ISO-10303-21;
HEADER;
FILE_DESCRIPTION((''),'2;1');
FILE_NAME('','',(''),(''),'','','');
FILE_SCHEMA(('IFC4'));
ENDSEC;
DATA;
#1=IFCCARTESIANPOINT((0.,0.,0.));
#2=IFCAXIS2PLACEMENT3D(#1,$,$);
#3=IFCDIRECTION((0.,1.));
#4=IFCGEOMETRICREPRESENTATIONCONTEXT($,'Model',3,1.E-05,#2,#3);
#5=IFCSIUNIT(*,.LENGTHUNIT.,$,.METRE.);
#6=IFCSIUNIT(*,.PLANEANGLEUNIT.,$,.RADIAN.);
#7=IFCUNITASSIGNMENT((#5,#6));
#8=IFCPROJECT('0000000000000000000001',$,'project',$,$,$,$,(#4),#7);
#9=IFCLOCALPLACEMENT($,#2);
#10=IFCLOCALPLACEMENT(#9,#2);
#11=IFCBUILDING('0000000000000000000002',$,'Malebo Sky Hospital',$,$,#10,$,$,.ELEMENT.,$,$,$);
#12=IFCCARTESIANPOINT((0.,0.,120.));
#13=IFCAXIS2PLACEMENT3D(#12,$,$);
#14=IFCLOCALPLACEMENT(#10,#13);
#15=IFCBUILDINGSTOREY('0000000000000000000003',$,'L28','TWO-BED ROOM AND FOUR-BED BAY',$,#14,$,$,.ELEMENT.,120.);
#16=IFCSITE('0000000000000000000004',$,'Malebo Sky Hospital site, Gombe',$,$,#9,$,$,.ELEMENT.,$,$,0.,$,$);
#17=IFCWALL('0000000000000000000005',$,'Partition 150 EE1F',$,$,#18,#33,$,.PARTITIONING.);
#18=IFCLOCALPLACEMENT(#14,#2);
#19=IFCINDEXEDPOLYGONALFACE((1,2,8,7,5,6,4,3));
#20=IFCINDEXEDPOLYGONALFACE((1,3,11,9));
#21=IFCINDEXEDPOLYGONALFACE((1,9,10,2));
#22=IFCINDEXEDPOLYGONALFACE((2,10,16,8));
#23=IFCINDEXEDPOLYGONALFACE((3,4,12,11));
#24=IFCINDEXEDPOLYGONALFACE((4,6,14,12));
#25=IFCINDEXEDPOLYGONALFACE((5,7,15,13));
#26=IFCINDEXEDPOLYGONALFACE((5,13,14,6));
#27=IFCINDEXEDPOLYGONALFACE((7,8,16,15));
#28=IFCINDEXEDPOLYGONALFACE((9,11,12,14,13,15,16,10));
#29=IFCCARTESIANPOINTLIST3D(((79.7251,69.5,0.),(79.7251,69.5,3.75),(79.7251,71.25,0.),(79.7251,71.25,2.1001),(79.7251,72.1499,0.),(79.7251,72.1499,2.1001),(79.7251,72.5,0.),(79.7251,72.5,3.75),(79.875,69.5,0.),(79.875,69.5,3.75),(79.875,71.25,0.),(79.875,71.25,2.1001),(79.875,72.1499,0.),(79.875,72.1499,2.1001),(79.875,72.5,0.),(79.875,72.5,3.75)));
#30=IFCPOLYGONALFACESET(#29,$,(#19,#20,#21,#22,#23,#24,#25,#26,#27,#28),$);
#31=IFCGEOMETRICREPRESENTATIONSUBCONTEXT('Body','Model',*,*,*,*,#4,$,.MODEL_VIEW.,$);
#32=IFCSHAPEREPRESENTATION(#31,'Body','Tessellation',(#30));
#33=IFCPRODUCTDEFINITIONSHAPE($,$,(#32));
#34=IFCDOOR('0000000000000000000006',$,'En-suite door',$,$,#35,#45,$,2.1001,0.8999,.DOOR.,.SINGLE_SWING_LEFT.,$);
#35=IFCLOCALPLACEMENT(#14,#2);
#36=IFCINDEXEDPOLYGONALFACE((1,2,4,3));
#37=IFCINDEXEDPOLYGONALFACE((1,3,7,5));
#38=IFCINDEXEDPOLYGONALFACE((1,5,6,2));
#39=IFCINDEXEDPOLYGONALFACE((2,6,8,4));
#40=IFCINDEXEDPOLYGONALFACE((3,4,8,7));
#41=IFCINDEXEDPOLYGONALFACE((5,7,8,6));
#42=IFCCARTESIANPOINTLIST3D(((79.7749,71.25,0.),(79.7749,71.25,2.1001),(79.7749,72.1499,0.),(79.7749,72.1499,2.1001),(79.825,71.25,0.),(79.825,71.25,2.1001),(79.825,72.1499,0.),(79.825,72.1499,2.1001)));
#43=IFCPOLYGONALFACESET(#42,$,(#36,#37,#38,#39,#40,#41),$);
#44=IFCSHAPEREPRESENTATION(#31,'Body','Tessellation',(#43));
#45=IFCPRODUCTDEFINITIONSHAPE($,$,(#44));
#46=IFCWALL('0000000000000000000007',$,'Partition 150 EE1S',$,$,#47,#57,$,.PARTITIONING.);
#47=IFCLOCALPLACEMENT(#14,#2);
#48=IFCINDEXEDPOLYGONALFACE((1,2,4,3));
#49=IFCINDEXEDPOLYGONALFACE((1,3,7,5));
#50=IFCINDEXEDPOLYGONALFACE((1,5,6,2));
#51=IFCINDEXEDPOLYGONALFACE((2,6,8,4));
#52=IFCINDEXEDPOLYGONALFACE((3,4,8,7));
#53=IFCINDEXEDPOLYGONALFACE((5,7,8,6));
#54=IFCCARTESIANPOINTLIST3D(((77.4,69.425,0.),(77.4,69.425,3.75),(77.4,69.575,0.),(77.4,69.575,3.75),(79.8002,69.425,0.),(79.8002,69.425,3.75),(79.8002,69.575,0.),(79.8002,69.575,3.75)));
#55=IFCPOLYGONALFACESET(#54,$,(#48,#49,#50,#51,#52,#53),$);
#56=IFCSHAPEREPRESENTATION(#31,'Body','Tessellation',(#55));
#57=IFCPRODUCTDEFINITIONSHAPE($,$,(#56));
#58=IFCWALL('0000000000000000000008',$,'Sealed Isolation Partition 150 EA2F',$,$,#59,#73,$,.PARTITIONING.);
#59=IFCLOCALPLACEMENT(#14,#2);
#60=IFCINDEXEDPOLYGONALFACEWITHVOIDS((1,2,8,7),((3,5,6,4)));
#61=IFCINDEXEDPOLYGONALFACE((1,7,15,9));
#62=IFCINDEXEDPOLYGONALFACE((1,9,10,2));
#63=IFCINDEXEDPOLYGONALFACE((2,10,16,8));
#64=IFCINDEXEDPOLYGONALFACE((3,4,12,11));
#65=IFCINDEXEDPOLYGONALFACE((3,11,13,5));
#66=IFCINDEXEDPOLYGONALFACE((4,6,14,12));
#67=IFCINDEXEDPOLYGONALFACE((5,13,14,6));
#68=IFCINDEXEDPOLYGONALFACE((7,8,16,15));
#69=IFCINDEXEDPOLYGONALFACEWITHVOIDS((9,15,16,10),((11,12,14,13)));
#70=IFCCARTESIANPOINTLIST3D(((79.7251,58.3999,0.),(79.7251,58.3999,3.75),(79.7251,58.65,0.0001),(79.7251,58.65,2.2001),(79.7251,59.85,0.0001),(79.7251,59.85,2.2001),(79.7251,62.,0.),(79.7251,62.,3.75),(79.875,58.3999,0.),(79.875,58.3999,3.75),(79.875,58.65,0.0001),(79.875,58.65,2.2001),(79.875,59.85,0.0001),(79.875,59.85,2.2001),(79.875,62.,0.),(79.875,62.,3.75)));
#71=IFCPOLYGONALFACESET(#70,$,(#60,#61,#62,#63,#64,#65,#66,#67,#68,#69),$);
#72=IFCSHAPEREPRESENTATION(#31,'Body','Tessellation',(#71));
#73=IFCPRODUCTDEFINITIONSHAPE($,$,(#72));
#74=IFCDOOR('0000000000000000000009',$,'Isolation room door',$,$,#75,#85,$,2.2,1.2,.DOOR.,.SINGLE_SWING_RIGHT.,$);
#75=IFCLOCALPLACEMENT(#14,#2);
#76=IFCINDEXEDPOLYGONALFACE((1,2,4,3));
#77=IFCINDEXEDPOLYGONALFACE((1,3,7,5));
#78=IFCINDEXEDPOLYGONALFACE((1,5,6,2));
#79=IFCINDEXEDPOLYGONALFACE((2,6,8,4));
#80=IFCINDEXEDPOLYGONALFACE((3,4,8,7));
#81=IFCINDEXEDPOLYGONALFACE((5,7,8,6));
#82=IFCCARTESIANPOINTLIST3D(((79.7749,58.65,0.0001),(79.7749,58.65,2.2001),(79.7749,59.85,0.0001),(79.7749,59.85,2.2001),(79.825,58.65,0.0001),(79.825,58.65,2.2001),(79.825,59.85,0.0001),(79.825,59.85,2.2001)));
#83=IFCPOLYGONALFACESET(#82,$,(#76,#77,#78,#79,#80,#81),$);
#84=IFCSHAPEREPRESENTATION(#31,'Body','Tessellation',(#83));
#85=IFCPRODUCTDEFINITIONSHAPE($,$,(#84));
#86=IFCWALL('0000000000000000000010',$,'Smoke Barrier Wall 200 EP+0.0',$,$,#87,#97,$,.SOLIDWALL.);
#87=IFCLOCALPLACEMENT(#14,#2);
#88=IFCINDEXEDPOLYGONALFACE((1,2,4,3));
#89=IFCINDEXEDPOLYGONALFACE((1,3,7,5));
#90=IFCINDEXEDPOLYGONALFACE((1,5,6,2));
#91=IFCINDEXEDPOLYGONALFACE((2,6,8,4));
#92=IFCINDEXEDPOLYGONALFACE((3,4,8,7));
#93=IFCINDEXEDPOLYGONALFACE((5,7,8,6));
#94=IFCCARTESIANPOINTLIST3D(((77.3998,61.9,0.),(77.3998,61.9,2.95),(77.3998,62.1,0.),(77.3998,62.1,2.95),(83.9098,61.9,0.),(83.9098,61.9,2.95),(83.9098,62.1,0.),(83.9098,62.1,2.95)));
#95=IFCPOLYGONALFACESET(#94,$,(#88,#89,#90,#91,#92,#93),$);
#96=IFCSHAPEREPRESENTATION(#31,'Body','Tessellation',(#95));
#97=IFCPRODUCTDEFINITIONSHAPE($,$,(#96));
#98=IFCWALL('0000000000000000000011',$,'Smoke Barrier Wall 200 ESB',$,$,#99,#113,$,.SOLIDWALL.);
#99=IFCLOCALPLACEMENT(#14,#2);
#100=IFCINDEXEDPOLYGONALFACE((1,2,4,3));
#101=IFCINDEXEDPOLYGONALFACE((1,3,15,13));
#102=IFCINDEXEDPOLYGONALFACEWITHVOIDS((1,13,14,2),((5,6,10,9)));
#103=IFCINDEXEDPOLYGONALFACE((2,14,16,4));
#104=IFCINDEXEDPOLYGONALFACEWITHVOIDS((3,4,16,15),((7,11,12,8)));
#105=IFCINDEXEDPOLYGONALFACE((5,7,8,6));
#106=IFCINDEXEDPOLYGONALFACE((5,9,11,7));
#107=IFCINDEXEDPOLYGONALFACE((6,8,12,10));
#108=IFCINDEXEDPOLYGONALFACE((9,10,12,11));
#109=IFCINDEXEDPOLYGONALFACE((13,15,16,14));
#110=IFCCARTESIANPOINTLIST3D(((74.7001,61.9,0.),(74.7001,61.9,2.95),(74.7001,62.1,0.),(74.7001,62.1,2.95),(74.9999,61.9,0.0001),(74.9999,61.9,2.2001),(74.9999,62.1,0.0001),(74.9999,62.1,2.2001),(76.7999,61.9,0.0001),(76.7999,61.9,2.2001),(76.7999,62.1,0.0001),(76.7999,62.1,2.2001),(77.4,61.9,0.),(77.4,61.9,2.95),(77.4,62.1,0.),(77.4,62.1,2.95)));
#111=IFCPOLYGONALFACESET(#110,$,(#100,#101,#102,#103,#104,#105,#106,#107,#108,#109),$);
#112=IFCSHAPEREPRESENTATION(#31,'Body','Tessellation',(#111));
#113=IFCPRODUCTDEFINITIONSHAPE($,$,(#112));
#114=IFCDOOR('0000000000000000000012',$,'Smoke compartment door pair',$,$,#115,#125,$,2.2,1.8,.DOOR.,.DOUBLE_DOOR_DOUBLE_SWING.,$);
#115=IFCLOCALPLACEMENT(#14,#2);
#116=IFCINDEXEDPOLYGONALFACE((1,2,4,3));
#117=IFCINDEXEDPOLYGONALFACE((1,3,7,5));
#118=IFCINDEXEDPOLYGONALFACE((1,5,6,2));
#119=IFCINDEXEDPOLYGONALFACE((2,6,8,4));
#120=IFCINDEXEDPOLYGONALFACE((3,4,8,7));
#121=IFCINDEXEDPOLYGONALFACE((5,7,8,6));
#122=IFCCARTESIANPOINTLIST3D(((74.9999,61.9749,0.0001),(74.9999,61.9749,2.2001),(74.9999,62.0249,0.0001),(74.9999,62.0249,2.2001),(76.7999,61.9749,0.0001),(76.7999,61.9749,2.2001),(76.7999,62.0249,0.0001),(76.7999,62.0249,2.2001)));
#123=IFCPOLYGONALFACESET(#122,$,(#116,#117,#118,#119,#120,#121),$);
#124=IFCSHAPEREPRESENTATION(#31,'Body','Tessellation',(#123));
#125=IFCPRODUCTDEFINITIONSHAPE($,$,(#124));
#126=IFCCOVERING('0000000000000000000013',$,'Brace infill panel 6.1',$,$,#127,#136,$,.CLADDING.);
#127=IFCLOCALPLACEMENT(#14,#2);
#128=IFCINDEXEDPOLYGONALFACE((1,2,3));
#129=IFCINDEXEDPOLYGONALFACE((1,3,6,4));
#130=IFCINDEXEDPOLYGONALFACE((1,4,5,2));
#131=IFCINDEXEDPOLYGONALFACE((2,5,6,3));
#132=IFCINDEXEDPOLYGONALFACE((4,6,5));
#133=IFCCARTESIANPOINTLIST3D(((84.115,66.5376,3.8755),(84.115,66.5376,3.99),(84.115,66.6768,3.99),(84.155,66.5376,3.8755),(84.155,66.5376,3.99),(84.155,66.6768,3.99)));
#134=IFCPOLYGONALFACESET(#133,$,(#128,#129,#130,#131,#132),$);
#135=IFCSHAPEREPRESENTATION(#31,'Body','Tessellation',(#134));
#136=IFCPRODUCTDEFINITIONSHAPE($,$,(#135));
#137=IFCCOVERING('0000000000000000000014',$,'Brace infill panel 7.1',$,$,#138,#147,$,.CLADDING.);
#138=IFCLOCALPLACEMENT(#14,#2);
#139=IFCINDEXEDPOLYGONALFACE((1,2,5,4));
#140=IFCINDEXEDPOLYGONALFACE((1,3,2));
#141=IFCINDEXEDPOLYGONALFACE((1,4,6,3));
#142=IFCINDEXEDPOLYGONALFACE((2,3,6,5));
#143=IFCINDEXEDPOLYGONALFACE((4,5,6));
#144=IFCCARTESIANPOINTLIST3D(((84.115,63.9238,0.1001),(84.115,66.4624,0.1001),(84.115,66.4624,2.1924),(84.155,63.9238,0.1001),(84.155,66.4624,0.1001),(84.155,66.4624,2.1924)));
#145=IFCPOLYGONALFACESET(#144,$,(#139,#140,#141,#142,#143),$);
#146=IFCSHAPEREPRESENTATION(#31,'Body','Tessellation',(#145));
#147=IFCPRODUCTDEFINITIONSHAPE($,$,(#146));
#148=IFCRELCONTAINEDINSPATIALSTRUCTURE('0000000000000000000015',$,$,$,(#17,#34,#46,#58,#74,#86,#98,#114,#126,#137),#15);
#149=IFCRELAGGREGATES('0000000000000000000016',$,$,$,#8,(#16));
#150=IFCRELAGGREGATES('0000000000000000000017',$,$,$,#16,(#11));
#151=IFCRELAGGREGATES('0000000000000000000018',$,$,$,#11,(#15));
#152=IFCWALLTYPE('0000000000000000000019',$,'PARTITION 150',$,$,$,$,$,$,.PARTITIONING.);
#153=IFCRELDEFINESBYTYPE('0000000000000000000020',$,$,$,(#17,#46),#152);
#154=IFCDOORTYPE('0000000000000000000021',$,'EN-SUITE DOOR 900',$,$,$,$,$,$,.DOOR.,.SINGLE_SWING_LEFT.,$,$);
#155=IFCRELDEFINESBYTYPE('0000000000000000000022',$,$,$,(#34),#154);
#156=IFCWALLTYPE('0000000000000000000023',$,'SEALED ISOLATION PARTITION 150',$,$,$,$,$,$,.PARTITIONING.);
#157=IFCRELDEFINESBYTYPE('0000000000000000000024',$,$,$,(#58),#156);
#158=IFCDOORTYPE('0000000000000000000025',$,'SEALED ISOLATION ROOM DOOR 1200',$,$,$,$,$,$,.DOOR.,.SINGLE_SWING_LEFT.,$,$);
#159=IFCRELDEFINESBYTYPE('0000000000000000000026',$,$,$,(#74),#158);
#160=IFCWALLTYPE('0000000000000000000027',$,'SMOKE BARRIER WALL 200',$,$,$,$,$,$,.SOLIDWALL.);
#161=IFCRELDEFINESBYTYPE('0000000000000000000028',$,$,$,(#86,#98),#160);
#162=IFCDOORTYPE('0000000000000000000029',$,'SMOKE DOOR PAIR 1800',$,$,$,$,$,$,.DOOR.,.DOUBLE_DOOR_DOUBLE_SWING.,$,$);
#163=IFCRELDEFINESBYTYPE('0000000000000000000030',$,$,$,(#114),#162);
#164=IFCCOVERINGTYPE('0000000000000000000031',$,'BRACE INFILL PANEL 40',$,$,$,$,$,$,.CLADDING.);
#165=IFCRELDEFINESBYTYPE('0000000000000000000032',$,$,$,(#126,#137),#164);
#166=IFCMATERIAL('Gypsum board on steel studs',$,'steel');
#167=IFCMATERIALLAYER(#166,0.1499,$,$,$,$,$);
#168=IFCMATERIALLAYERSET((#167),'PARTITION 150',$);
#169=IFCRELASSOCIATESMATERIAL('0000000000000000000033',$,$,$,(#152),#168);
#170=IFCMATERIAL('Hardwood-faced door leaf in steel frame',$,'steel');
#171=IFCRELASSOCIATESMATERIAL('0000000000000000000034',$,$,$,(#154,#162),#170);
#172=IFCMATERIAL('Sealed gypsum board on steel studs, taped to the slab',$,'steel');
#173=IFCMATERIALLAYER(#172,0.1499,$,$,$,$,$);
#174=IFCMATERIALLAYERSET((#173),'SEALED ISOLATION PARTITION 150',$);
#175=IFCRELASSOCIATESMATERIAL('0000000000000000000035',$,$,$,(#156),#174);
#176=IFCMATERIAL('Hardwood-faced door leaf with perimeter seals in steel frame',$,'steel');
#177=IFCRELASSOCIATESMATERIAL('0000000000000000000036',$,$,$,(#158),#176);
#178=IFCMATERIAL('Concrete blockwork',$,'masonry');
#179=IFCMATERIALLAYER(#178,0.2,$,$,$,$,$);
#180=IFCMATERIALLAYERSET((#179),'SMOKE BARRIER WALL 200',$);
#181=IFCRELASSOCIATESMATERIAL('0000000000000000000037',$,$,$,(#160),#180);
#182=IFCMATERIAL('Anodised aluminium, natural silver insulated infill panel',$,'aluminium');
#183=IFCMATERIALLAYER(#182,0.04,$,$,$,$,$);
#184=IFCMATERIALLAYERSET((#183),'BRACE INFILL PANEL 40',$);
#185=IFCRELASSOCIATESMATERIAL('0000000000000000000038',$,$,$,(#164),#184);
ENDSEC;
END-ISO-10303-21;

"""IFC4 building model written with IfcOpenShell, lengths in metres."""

from ifc_helpers import new_model, si_unit, direction, frame, frame_2d, origin, place, context, subcontext, project, spatial, polyline, rectangle, outline, extrude, material, layer, layer_set, type_object, element, fill, save


model = new_model("IFC4")

# Units and contexts
model_context = context("Model", 3, precision=1e-05, world=origin(), true_north=direction((0.0, 1.0)))
body_context = subcontext(model_context, "Body", "Model", "MODEL_VIEW")
ifc_project = project(units=[si_unit("LENGTHUNIT", "METRE"), si_unit("PLANEANGLEUNIT", "RADIAN")], contexts=[model_context])

# Site, building, storey
site_placement = place(None, origin())
site = spatial("IfcSite", under=ifc_project, at=site_placement, Name="Malebo Sky Hospital site, Gombe", CompositionType="ELEMENT", RefElevation=0.0)
building_placement = place(site_placement, origin())
building = spatial("IfcBuilding", under=site, at=building_placement, Name="Malebo Sky Hospital", CompositionType="ELEMENT")
storey_placement = place(building_placement, frame((0.0, 0.0, 120.0)))
storey = spatial("IfcBuildingStorey", under=building, at=storey_placement, Name="L28", Description="TWO-BED ROOM AND FOUR-BED BAY", CompositionType="ELEMENT", Elevation=120.0)

# Shared definitions
ifc_material_1 = material(Name="Gypsum board on steel studs", Category="steel")
ifc_material_2 = material(Name="Hardwood-faced door leaf in steel frame", Category="steel")

# Shared definitions
ifc_layer_1 = layer(ifc_material_1, 0.1499)
ifc_layer_set_1 = layer_set([ifc_layer_1], Name="PARTITION 150")
wall_type_1 = type_object("IfcWallType", Name="PARTITION 150", PredefinedType="PARTITIONING", material=ifc_layer_set_1)

# Wall, opening, door
wall_1_placement = place(storey_placement, frame((79.8, 72.5, 0.0), z_axis=(0.0, 0.0, 1.0), x_axis=(0.0, -1.0, 0.0)))
wall_1 = element("IfcWall", 1, at=wall_1_placement, inside=storey, type_object=wall_type_1, Name="Partition 150 EE1F", PredefinedType="PARTITIONING", context=body_context, shape_type="SweptSolid", body=[
    extrude(rectangle(XDim=3.0, YDim=0.1499, at=frame_2d((1.5, 0.0))), origin(), (0.0, 0.0, 1.0), 3.75),
])
opening_1_placement = place(wall_1_placement, frame((0.3501, 0.0, 0.0)))
opening_1 = element("IfcOpeningElement", 2, at=opening_1_placement, cuts=wall_1, PredefinedType="OPENING", context=body_context, shape_type="SweptSolid", body=[
    extrude(rectangle(XDim=0.8999, YDim=2.1001, at=frame_2d((0.45, 1.05))), frame((0.0, 0.085, 0.0), z_axis=(0.0, -1.0, 0.0), x_axis=(1.0, 0.0, 0.0)), (0.0, 0.0, 1.0), 0.1699),
])
door_type_1 = type_object("IfcDoorType", Name="EN-SUITE DOOR 900", OperationType="SINGLE_SWING_LEFT", PredefinedType="DOOR", material=ifc_material_2)
door_1_placement = place(opening_1_placement, origin())
door_1 = element("IfcDoor", 3, at=door_1_placement, inside=storey, type_object=door_type_1, Name="En-suite door", OperationType="SINGLE_SWING_LEFT", OverallHeight=2.1001, OverallWidth=0.8999, PredefinedType="DOOR", context=body_context, shape_type="SweptSolid", body=[
    extrude(rectangle(XDim=0.8999, YDim=2.1001, at=frame_2d((0.45, 1.05))), frame((0.0, 0.0249, 0.0), z_axis=(0.0, -1.0, 0.0), x_axis=(1.0, 0.0, 0.0)), (0.0, 0.0, 1.0), 0.05),
])
fill(opening_1, door_1)

# Wall
wall_2_placement = place(storey_placement, frame((77.3999, 69.5, 0.0), z_axis=(0.0, 0.0, 1.0), x_axis=(1.0, 0.0, 0.0)))
element("IfcWall", 4, at=wall_2_placement, inside=storey, type_object=wall_type_1, Name="Partition 150 EE1S", PredefinedType="PARTITIONING", context=body_context, shape_type="SweptSolid", body=[
    extrude(rectangle(XDim=2.4001, YDim=0.1499, at=frame_2d((1.2002, 0.0))), origin(), (0.0, 0.0, 1.0), 3.75),
])

# Wall, opening, door
ifc_material_3 = material(Name="Sealed gypsum board on steel studs, taped to the slab", Category="steel")
ifc_layer_2 = layer(ifc_material_3, 0.1499)
ifc_layer_set_2 = layer_set([ifc_layer_2], Name="SEALED ISOLATION PARTITION 150")
wall_type_2 = type_object("IfcWallType", Name="SEALED ISOLATION PARTITION 150", PredefinedType="PARTITIONING", material=ifc_layer_set_2)
wall_3_placement = place(storey_placement, frame((79.8, 62.0, 0.0), z_axis=(0.0, 0.0, 1.0), x_axis=(0.0, -1.0, 0.0)))
wall_3 = element("IfcWall", 5, at=wall_3_placement, inside=storey, type_object=wall_type_2, Name="Sealed Isolation Partition 150 EA2F", PredefinedType="PARTITIONING", context=body_context, shape_type="SweptSolid", body=[
    extrude(rectangle(XDim=3.6001, YDim=0.1499, at=frame_2d((1.8, 0.0))), origin(), (0.0, 0.0, 1.0), 3.75),
])
opening_2_placement = place(wall_3_placement, frame((2.1499, 0.0, 0.0)))
opening_2 = element("IfcOpeningElement", 6, at=opening_2_placement, cuts=wall_3, PredefinedType="OPENING", context=body_context, shape_type="SweptSolid", body=[
    extrude(rectangle(XDim=1.2, YDim=2.2, at=frame_2d((0.6001, 1.1001))), frame((0.0, 0.085, 0.0), z_axis=(0.0, -1.0, 0.0), x_axis=(1.0, 0.0, 0.0)), (0.0, 0.0, 1.0), 0.1699),
])
ifc_material_4 = material(Name="Hardwood-faced door leaf with perimeter seals in steel frame", Category="steel")
door_type_2 = type_object("IfcDoorType", Name="SEALED ISOLATION ROOM DOOR 1200", OperationType="SINGLE_SWING_LEFT", PredefinedType="DOOR", material=ifc_material_4)
door_2_placement = place(opening_2_placement, origin())
door_2 = element("IfcDoor", 7, at=door_2_placement, inside=storey, type_object=door_type_2, Name="Isolation room door", OperationType="SINGLE_SWING_RIGHT", OverallHeight=2.2, OverallWidth=1.2, PredefinedType="DOOR", context=body_context, shape_type="SweptSolid", body=[
    extrude(rectangle(XDim=1.2, YDim=2.2, at=frame_2d((0.6001, 1.1001))), frame((0.0, 0.0249, 0.0), z_axis=(0.0, -1.0, 0.0), x_axis=(1.0, 0.0, 0.0)), (0.0, 0.0, 1.0), 0.05),
])
fill(opening_2, door_2)

# Wall
ifc_material_5 = material(Name="Concrete blockwork", Category="masonry")
ifc_layer_3 = layer(ifc_material_5, 0.2)
ifc_layer_set_3 = layer_set([ifc_layer_3], Name="SMOKE BARRIER WALL 200")
wall_type_3 = type_object("IfcWallType", Name="SMOKE BARRIER WALL 200", PredefinedType="SOLIDWALL", material=ifc_layer_set_3)
wall_4_placement = place(storey_placement, frame((77.3999, 62.0, 0.0), z_axis=(0.0, 0.0, 1.0), x_axis=(1.0, 0.0, 0.0)))
element("IfcWall", 8, at=wall_4_placement, inside=storey, type_object=wall_type_3, Name="Smoke Barrier Wall 200 EP+0.0", PredefinedType="SOLIDWALL", context=body_context, shape_type="SweptSolid", body=[
    extrude(rectangle(XDim=6.51, YDim=0.2, at=frame_2d((3.2549, 0.0))), origin(), (0.0, 0.0, 1.0), 2.95),
])

# Wall, opening, door
wall_5_placement = place(storey_placement, frame((74.7, 62.0, 0.0), z_axis=(0.0, 0.0, 1.0), x_axis=(1.0, 0.0, 0.0)))
wall_5 = element("IfcWall", 9, at=wall_5_placement, inside=storey, type_object=wall_type_3, Name="Smoke Barrier Wall 200 ESB", PredefinedType="SOLIDWALL", context=body_context, shape_type="SweptSolid", body=[
    extrude(rectangle(XDim=2.7, YDim=0.2, at=frame_2d((1.3501, 0.0))), origin(), (0.0, 0.0, 1.0), 2.95),
])
opening_3_placement = place(wall_5_placement, frame((0.3, 0.0, 0.0)))
opening_3 = element("IfcOpeningElement", 10, at=opening_3_placement, cuts=wall_5, PredefinedType="OPENING", context=body_context, shape_type="SweptSolid", body=[
    extrude(rectangle(XDim=1.8, YDim=2.2, at=frame_2d((0.8999, 1.1001))), frame((0.0, 0.1099, 0.0), z_axis=(0.0, -1.0, 0.0), x_axis=(1.0, 0.0, 0.0)), (0.0, 0.0, 1.0), 0.22),
])
door_type_3 = type_object("IfcDoorType", Name="SMOKE DOOR PAIR 1800", OperationType="DOUBLE_DOOR_DOUBLE_SWING", PredefinedType="DOOR", material=ifc_material_2)
door_3_placement = place(opening_3_placement, origin())
door_3 = element("IfcDoor", 11, at=door_3_placement, inside=storey, type_object=door_type_3, Name="Smoke compartment door pair", OperationType="DOUBLE_DOOR_DOUBLE_SWING", OverallHeight=2.2, OverallWidth=1.8, PredefinedType="DOOR", context=body_context, shape_type="SweptSolid", body=[
    extrude(rectangle(XDim=1.8, YDim=2.2, at=frame_2d((0.8999, 1.1001))), frame((0.0, 0.0249, 0.0), z_axis=(0.0, -1.0, 0.0), x_axis=(1.0, 0.0, 0.0)), (0.0, 0.0, 1.0), 0.05),
])
fill(opening_3, door_3)

# Coverings
ifc_material_6 = material(Name="Anodised aluminium, natural silver insulated infill panel", Category="aluminium")
ifc_layer_4 = layer(ifc_material_6, 0.04)
ifc_layer_set_4 = layer_set([ifc_layer_4], Name="BRACE INFILL PANEL 40")
covering_type = type_object("IfcCoveringType", Name="BRACE INFILL PANEL 40", PredefinedType="CLADDING", material=ifc_layer_set_4)
covering_1_placement = place(storey_placement, frame((84.135, 66.6072, 3.8755), z_axis=(0.0, 0.0, 1.0), x_axis=(0.0, -1.0, 0.0)))
element("IfcCovering", 12, at=covering_1_placement, inside=storey, type_object=covering_type, Name="Brace infill panel 6.1", PredefinedType="CLADDING", context=body_context, shape_type="SweptSolid", body=[
    extrude(outline(polyline([(0.0696, 0.0), (0.0696, 0.1145), (-0.0696, 0.1145), (0.0696, 0.0)])), frame((0.0, 0.02, 0.0), z_axis=(0.0, -1.0, 0.0), x_axis=(1.0, 0.0, 0.0)), (0.0, 0.0, 1.0), 0.04),
])
covering_2_placement = place(storey_placement, frame((84.135, 65.1931, 0.1001), z_axis=(0.0, 0.0, 1.0), x_axis=(0.0, -1.0, 0.0)))
element("IfcCovering", 13, at=covering_2_placement, inside=storey, type_object=covering_type, Name="Brace infill panel 7.1", PredefinedType="CLADDING", context=body_context, shape_type="SweptSolid", body=[
    extrude(outline(polyline([(-1.2693, 0.0), (1.2693, 0.0), (-1.2693, 2.0923), (-1.2693, 0.0)])), frame((0.0, 0.02, 0.0), z_axis=(0.0, -1.0, 0.0), x_axis=(1.0, 0.0, 0.0)), (0.0, 0.0, 1.0), 0.04),
])

save(model, "model.ifc")
